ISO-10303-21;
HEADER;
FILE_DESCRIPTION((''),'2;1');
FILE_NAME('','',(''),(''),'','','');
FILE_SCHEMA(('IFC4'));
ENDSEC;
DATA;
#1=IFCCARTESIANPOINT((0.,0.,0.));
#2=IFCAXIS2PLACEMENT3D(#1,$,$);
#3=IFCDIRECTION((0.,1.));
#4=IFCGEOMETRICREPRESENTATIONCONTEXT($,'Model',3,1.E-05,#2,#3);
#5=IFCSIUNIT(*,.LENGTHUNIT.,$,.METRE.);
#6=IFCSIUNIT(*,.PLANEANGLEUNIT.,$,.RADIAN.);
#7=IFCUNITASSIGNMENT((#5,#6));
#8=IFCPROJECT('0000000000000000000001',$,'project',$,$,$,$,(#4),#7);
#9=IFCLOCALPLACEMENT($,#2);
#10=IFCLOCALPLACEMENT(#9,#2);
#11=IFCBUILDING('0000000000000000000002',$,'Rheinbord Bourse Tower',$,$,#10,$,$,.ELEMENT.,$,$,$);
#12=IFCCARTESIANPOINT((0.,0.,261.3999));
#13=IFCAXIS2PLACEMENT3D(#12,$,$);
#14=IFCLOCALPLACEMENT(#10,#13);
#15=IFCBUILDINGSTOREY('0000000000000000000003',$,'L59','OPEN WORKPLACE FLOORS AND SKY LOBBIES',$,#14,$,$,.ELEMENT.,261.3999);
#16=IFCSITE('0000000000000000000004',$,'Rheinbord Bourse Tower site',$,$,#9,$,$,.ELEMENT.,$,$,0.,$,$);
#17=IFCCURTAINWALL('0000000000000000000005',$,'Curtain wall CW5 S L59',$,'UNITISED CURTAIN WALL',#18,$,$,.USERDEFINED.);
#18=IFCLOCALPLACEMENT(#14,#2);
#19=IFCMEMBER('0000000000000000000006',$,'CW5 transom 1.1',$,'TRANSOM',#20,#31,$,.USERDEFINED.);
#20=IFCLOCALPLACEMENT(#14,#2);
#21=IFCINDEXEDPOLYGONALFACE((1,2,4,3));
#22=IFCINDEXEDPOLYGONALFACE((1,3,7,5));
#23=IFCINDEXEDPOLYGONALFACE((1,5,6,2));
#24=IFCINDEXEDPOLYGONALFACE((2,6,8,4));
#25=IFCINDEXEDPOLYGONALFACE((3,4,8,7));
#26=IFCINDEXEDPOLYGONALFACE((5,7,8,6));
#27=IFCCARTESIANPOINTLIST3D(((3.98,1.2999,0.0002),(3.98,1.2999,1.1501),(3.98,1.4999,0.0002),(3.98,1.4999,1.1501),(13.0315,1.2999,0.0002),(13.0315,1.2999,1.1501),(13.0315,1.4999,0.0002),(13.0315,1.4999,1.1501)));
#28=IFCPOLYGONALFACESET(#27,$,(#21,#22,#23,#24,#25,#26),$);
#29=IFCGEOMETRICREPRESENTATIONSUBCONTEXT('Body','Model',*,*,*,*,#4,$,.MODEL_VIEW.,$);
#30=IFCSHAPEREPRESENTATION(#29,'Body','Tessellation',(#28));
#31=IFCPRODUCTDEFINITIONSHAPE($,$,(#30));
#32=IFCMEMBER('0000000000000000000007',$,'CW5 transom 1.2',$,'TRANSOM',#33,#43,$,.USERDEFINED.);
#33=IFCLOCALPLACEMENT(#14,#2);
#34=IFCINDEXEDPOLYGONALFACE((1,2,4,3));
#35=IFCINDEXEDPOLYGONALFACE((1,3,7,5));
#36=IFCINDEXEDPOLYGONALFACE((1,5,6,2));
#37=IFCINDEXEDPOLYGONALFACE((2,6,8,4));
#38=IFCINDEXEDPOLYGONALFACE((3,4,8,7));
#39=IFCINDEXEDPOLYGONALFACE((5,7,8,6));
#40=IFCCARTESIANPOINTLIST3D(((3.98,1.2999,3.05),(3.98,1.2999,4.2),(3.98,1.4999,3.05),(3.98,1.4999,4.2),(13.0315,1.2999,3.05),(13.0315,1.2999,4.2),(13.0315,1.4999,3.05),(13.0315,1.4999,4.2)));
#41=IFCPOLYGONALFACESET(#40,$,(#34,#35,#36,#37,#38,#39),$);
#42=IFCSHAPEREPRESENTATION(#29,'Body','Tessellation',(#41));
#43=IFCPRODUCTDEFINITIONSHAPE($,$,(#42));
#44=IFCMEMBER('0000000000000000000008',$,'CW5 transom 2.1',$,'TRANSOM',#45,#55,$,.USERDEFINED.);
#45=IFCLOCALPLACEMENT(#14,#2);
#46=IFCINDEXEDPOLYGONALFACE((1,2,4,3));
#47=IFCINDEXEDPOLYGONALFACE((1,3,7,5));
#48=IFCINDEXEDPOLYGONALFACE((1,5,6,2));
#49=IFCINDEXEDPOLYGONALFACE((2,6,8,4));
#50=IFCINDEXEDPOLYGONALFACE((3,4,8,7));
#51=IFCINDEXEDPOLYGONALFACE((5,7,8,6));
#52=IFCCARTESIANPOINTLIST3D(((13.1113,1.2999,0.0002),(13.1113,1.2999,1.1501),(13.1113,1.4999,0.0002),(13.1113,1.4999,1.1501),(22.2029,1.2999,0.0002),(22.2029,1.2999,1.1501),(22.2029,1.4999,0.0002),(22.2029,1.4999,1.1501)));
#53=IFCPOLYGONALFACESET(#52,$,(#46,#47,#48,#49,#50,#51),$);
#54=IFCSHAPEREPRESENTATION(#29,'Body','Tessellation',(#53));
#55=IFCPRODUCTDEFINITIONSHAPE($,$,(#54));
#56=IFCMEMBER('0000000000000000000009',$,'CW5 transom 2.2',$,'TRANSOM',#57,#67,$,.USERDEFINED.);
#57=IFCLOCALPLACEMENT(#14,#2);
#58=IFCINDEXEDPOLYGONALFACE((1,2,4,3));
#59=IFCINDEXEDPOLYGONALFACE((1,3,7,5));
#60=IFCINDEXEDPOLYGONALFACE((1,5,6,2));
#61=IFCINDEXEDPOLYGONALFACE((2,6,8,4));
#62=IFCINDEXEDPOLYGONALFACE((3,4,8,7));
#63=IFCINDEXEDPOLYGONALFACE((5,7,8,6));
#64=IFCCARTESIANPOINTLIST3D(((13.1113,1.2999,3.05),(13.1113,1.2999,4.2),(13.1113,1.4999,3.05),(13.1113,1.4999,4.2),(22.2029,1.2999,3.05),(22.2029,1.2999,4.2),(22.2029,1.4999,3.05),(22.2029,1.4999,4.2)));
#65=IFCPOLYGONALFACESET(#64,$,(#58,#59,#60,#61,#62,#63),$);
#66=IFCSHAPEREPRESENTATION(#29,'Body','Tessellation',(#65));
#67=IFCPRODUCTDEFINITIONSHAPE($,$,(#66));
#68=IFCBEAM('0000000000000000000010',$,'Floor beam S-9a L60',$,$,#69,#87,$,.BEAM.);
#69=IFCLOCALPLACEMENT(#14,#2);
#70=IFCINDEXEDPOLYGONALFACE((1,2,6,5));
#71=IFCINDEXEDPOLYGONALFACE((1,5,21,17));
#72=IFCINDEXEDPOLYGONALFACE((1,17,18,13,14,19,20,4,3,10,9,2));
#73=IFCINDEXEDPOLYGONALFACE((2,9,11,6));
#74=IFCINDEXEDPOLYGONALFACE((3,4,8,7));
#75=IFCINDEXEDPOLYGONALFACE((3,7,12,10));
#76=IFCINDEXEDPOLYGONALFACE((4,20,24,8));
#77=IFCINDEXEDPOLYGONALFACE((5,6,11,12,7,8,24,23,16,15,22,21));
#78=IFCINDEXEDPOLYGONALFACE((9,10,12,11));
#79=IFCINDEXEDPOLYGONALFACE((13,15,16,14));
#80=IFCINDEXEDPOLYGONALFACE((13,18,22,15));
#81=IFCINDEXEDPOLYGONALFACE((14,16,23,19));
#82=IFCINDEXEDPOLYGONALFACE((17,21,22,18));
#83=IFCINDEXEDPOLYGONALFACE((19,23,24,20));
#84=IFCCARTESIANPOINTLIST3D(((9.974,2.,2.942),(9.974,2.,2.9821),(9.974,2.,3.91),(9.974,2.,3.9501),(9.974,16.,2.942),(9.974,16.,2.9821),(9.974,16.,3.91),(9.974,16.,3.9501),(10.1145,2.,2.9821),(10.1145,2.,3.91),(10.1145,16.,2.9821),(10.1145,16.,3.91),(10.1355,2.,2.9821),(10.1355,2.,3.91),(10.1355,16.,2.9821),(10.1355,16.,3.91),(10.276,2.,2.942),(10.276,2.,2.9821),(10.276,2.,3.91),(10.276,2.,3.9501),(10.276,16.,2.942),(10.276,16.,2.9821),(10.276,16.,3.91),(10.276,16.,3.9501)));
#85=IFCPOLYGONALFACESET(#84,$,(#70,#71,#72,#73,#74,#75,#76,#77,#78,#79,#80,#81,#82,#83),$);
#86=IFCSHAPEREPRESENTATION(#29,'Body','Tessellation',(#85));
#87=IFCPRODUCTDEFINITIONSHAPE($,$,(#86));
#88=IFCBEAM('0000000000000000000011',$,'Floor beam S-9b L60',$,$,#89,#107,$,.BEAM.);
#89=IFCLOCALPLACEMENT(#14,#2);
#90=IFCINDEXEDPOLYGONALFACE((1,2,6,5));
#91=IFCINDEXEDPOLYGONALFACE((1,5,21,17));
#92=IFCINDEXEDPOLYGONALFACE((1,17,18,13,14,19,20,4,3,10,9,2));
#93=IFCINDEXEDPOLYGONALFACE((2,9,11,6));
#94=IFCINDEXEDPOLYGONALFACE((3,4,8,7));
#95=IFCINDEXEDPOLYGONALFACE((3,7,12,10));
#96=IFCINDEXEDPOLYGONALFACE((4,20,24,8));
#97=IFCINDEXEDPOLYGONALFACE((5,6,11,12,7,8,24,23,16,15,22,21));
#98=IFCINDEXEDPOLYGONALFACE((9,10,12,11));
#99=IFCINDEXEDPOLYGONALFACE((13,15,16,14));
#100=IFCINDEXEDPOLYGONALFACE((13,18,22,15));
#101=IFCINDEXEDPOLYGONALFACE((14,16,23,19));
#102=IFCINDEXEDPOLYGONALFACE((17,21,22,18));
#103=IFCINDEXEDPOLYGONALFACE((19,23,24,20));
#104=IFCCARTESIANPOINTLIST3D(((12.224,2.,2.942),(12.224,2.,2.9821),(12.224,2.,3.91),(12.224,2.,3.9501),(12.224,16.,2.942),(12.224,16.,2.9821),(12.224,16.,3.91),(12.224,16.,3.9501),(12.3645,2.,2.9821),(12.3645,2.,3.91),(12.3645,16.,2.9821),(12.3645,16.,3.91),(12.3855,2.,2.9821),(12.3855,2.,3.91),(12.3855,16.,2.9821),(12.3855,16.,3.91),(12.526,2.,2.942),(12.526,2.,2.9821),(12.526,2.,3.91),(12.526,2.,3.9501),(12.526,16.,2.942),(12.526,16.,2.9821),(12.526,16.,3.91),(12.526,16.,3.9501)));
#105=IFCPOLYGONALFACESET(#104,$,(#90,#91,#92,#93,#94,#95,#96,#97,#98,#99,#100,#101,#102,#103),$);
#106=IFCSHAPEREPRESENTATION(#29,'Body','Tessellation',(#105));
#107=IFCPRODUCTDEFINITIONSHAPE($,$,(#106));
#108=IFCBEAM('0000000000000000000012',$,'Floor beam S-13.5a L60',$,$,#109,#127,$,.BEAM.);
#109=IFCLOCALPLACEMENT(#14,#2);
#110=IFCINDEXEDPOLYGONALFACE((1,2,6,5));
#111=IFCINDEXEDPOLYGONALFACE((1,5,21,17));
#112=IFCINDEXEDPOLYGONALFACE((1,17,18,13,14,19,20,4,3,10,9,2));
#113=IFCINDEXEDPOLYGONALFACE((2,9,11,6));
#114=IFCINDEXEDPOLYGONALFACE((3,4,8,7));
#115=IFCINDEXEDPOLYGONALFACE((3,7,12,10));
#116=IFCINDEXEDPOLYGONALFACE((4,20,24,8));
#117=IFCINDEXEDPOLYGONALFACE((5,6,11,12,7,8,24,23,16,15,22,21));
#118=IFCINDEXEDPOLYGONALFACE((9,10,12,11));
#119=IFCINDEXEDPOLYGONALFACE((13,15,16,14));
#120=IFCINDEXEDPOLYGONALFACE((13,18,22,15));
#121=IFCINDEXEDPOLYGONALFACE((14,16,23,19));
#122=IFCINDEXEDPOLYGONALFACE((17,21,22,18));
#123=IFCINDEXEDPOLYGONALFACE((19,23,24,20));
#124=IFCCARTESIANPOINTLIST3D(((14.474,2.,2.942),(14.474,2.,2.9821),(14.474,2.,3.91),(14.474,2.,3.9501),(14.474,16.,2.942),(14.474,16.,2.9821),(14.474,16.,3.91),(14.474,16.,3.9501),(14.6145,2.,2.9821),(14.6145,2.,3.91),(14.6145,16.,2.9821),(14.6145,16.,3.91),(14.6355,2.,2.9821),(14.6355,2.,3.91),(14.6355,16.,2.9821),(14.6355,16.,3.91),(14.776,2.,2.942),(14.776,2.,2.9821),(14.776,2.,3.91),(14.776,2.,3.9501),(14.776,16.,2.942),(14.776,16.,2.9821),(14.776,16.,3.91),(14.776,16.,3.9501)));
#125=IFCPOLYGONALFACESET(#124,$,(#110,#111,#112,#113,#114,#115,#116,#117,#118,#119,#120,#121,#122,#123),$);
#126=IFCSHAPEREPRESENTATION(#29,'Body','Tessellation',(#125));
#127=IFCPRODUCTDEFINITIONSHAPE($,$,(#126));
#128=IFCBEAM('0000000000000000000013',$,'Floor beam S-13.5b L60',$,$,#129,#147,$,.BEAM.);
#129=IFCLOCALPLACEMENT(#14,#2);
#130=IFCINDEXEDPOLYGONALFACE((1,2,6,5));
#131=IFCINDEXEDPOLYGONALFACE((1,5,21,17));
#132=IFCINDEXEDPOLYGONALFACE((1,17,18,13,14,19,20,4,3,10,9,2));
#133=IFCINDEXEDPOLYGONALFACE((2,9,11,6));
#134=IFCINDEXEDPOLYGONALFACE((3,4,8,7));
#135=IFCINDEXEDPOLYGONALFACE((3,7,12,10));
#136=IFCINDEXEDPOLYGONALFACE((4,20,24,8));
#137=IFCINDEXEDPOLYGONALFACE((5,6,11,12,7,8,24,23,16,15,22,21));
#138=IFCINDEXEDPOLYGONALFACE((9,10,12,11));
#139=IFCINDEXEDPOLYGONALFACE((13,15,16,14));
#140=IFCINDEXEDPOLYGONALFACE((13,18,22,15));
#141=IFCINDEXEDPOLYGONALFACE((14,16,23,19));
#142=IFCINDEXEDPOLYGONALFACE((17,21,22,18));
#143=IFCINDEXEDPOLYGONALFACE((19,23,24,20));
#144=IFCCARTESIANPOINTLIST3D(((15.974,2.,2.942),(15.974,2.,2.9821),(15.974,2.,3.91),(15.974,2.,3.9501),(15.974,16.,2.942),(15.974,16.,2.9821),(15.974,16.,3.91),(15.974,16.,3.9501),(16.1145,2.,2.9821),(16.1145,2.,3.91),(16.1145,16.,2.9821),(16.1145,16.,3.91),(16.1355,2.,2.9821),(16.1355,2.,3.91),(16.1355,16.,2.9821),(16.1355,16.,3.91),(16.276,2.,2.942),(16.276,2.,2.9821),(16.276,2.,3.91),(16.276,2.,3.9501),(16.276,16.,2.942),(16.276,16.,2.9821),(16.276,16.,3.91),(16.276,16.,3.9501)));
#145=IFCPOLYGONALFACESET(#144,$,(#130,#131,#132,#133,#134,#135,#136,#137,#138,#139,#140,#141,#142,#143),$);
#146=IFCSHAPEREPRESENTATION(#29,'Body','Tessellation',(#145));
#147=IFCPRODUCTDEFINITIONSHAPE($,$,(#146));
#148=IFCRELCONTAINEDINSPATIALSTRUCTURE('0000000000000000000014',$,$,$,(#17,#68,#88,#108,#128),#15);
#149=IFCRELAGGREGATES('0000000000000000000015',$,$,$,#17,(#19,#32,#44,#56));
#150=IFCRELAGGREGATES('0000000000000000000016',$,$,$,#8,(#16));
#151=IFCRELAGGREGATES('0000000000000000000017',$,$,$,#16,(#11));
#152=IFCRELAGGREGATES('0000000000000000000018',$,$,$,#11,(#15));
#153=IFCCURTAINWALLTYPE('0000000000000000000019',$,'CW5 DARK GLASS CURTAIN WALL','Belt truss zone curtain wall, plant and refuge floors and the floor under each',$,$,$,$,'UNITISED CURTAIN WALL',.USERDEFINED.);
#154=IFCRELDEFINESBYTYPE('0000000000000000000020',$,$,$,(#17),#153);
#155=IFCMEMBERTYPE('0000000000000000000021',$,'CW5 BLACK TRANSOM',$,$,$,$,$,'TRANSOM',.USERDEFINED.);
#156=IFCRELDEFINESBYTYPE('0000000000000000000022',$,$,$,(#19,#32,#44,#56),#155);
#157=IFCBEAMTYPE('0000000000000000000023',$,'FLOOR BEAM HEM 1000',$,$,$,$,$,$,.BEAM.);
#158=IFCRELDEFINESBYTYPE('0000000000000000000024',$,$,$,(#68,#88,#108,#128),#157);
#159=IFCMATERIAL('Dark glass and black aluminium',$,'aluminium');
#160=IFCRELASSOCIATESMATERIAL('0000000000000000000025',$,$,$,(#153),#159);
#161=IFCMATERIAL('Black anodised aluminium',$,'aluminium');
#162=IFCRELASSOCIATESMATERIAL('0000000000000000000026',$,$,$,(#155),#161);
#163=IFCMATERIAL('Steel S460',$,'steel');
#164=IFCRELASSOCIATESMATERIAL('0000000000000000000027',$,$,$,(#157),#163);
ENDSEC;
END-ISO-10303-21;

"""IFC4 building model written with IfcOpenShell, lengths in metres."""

from ifc_helpers import new_model, si_unit, direction, frame, origin, origin_2d, place, context, subcontext, project, spatial, rectangle, i_section, extrude, material, material_profile, profile_set, type_object, element, aggregate, save


model = new_model("IFC4")

# Units and contexts
model_context = context("Model", 3, precision=1e-05, world=origin(), true_north=direction((0.0, 1.0)))
body_context = subcontext(model_context, "Body", "Model", "MODEL_VIEW")
ifc_project = project(units=[si_unit("LENGTHUNIT", "METRE"), si_unit("PLANEANGLEUNIT", "RADIAN")], contexts=[model_context])

# Site, building, storey
site_placement = place(None, origin())
site = spatial("IfcSite", under=ifc_project, at=site_placement, Name="Rheinbord Bourse Tower site", CompositionType="ELEMENT", RefElevation=0.0)
building_placement = place(site_placement, origin())
building = spatial("IfcBuilding", under=site, at=building_placement, Name="Rheinbord Bourse Tower", CompositionType="ELEMENT")
storey_placement = place(building_placement, frame((0.0, 0.0, 261.3999)))
storey = spatial("IfcBuildingStorey", under=building, at=storey_placement, Name="L59", Description="OPEN WORKPLACE FLOORS AND SKY LOBBIES", CompositionType="ELEMENT", Elevation=261.3999)

# Curtain wall, members
ifc_material_1 = material(Name="Dark glass and black aluminium", Category="aluminium")
curtain_wall_type = type_object("IfcCurtainWallType", Name="CW5 DARK GLASS CURTAIN WALL", Description="Belt truss zone curtain wall, plant and refuge floors and the floor under each", ElementType="UNITISED CURTAIN WALL", PredefinedType="USERDEFINED", material=ifc_material_1)
curtain_wall_placement = place(storey_placement, origin())
curtain_wall = element("IfcCurtainWall", 1, at=curtain_wall_placement, inside=storey, type_object=curtain_wall_type, Name="Curtain wall CW5 S L59", ObjectType="UNITISED CURTAIN WALL", PredefinedType="USERDEFINED")
ifc_material_2 = material(Name="Black anodised aluminium", Category="aluminium")
ifc_material_profile_1 = material_profile(ifc_material_2, rectangle(XDim=0.2, YDim=1.1499, at=origin_2d()), Name="CW5 TRANSOM 1150x200")
ifc_profile_set_1 = profile_set([ifc_material_profile_1], Name="Black anodised aluminium")
member_type_1 = type_object("IfcMemberType", Name="CW5 BLACK TRANSOM", ElementType="TRANSOM", PredefinedType="USERDEFINED", material=ifc_profile_set_1)
member_1_placement = place(storey_placement, frame((3.98, 1.3999, 0.5752), z_axis=(1.0, 0.0, 0.0), x_axis=(0.0, 1.0, 0.0)))
member_1 = element("IfcMember", 2, at=member_1_placement, type_object=member_type_1, Name="CW5 transom 1.1", ObjectType="TRANSOM", PredefinedType="USERDEFINED", context=body_context, shape_type="SweptSolid", body=[
    extrude(rectangle(XDim=0.2, YDim=1.1499, at=origin_2d()), origin(), (0.0, 0.0, 1.0), 9.0515),
])
member_2_placement = place(storey_placement, frame((3.98, 1.3999, 3.625), z_axis=(1.0, 0.0, 0.0), x_axis=(0.0, 1.0, 0.0)))
member_2 = element("IfcMember", 3, at=member_2_placement, type_object=member_type_1, Name="CW5 transom 1.2", ObjectType="TRANSOM", PredefinedType="USERDEFINED", context=body_context, shape_type="SweptSolid", body=[
    extrude(rectangle(XDim=0.2, YDim=1.1499, at=origin_2d()), origin(), (0.0, 0.0, 1.0), 9.0515),
])
member_3_placement = place(storey_placement, frame((13.1113, 1.3999, 0.5752), z_axis=(1.0, 0.0, 0.0), x_axis=(0.0, 1.0, 0.0)))
member_3 = element("IfcMember", 4, at=member_3_placement, type_object=member_type_1, Name="CW5 transom 2.1", ObjectType="TRANSOM", PredefinedType="USERDEFINED", context=body_context, shape_type="SweptSolid", body=[
    extrude(rectangle(XDim=0.2, YDim=1.1499, at=origin_2d()), origin(), (0.0, 0.0, 1.0), 9.0916),
])
member_4_placement = place(storey_placement, frame((13.1113, 1.3999, 3.625), z_axis=(1.0, 0.0, 0.0), x_axis=(0.0, 1.0, 0.0)))
member_4 = element("IfcMember", 5, at=member_4_placement, type_object=member_type_1, Name="CW5 transom 2.2", ObjectType="TRANSOM", PredefinedType="USERDEFINED", context=body_context, shape_type="SweptSolid", body=[
    extrude(rectangle(XDim=0.2, YDim=1.1499, at=origin_2d()), origin(), (0.0, 0.0, 1.0), 9.0916),
])

# Beams
ifc_material_3 = material(Name="Steel S460", Category="steel")
ifc_material_profile_2 = material_profile(ifc_material_3, i_section(OverallWidth=0.302, OverallDepth=1.0081, WebThickness=0.021, FlangeThickness=0.04, at=origin_2d()), Name="HEM 1000")
ifc_profile_set_2 = profile_set([ifc_material_profile_2], Name="Steel S460")
beam_type_1 = type_object("IfcBeamType", Name="FLOOR BEAM HEM 1000", PredefinedType="BEAM", material=ifc_profile_set_2)
for number, where, z_axis, x_axis, name in (
    (6, (10.125, 2.0, 3.446), (0.0, 1.0, 0.0), (-1.0, 0.0, 0.0), "Floor beam S-9a L60"),
    (7, (12.375, 2.0, 3.446), (0.0, 1.0, 0.0), (-1.0, 0.0, 0.0), "Floor beam S-9b L60"),
    (8, (14.625, 2.0, 3.446), (0.0, 1.0, 0.0), (-1.0, 0.0, 0.0), "Floor beam S-13.5a L60"),
    (9, (16.125, 2.0, 3.446), (0.0, 1.0, 0.0), (-1.0, 0.0, 0.0), "Floor beam S-13.5b L60"),
):
    element("IfcBeam", number, at=place(storey_placement, frame(where, z_axis=z_axis, x_axis=x_axis)), inside=storey, type_object=beam_type_1, Name=name, PredefinedType="BEAM", context=body_context, shape_type="SweptSolid", body=[
        extrude(i_section(OverallWidth=0.302, OverallDepth=1.0081, WebThickness=0.021, FlangeThickness=0.04, at=origin_2d()), origin(), (0.0, 0.0, 1.0), 14.0),
    ])

aggregate(curtain_wall, [member_1, member_2, member_3, member_4])

save(model, "model.ifc")
